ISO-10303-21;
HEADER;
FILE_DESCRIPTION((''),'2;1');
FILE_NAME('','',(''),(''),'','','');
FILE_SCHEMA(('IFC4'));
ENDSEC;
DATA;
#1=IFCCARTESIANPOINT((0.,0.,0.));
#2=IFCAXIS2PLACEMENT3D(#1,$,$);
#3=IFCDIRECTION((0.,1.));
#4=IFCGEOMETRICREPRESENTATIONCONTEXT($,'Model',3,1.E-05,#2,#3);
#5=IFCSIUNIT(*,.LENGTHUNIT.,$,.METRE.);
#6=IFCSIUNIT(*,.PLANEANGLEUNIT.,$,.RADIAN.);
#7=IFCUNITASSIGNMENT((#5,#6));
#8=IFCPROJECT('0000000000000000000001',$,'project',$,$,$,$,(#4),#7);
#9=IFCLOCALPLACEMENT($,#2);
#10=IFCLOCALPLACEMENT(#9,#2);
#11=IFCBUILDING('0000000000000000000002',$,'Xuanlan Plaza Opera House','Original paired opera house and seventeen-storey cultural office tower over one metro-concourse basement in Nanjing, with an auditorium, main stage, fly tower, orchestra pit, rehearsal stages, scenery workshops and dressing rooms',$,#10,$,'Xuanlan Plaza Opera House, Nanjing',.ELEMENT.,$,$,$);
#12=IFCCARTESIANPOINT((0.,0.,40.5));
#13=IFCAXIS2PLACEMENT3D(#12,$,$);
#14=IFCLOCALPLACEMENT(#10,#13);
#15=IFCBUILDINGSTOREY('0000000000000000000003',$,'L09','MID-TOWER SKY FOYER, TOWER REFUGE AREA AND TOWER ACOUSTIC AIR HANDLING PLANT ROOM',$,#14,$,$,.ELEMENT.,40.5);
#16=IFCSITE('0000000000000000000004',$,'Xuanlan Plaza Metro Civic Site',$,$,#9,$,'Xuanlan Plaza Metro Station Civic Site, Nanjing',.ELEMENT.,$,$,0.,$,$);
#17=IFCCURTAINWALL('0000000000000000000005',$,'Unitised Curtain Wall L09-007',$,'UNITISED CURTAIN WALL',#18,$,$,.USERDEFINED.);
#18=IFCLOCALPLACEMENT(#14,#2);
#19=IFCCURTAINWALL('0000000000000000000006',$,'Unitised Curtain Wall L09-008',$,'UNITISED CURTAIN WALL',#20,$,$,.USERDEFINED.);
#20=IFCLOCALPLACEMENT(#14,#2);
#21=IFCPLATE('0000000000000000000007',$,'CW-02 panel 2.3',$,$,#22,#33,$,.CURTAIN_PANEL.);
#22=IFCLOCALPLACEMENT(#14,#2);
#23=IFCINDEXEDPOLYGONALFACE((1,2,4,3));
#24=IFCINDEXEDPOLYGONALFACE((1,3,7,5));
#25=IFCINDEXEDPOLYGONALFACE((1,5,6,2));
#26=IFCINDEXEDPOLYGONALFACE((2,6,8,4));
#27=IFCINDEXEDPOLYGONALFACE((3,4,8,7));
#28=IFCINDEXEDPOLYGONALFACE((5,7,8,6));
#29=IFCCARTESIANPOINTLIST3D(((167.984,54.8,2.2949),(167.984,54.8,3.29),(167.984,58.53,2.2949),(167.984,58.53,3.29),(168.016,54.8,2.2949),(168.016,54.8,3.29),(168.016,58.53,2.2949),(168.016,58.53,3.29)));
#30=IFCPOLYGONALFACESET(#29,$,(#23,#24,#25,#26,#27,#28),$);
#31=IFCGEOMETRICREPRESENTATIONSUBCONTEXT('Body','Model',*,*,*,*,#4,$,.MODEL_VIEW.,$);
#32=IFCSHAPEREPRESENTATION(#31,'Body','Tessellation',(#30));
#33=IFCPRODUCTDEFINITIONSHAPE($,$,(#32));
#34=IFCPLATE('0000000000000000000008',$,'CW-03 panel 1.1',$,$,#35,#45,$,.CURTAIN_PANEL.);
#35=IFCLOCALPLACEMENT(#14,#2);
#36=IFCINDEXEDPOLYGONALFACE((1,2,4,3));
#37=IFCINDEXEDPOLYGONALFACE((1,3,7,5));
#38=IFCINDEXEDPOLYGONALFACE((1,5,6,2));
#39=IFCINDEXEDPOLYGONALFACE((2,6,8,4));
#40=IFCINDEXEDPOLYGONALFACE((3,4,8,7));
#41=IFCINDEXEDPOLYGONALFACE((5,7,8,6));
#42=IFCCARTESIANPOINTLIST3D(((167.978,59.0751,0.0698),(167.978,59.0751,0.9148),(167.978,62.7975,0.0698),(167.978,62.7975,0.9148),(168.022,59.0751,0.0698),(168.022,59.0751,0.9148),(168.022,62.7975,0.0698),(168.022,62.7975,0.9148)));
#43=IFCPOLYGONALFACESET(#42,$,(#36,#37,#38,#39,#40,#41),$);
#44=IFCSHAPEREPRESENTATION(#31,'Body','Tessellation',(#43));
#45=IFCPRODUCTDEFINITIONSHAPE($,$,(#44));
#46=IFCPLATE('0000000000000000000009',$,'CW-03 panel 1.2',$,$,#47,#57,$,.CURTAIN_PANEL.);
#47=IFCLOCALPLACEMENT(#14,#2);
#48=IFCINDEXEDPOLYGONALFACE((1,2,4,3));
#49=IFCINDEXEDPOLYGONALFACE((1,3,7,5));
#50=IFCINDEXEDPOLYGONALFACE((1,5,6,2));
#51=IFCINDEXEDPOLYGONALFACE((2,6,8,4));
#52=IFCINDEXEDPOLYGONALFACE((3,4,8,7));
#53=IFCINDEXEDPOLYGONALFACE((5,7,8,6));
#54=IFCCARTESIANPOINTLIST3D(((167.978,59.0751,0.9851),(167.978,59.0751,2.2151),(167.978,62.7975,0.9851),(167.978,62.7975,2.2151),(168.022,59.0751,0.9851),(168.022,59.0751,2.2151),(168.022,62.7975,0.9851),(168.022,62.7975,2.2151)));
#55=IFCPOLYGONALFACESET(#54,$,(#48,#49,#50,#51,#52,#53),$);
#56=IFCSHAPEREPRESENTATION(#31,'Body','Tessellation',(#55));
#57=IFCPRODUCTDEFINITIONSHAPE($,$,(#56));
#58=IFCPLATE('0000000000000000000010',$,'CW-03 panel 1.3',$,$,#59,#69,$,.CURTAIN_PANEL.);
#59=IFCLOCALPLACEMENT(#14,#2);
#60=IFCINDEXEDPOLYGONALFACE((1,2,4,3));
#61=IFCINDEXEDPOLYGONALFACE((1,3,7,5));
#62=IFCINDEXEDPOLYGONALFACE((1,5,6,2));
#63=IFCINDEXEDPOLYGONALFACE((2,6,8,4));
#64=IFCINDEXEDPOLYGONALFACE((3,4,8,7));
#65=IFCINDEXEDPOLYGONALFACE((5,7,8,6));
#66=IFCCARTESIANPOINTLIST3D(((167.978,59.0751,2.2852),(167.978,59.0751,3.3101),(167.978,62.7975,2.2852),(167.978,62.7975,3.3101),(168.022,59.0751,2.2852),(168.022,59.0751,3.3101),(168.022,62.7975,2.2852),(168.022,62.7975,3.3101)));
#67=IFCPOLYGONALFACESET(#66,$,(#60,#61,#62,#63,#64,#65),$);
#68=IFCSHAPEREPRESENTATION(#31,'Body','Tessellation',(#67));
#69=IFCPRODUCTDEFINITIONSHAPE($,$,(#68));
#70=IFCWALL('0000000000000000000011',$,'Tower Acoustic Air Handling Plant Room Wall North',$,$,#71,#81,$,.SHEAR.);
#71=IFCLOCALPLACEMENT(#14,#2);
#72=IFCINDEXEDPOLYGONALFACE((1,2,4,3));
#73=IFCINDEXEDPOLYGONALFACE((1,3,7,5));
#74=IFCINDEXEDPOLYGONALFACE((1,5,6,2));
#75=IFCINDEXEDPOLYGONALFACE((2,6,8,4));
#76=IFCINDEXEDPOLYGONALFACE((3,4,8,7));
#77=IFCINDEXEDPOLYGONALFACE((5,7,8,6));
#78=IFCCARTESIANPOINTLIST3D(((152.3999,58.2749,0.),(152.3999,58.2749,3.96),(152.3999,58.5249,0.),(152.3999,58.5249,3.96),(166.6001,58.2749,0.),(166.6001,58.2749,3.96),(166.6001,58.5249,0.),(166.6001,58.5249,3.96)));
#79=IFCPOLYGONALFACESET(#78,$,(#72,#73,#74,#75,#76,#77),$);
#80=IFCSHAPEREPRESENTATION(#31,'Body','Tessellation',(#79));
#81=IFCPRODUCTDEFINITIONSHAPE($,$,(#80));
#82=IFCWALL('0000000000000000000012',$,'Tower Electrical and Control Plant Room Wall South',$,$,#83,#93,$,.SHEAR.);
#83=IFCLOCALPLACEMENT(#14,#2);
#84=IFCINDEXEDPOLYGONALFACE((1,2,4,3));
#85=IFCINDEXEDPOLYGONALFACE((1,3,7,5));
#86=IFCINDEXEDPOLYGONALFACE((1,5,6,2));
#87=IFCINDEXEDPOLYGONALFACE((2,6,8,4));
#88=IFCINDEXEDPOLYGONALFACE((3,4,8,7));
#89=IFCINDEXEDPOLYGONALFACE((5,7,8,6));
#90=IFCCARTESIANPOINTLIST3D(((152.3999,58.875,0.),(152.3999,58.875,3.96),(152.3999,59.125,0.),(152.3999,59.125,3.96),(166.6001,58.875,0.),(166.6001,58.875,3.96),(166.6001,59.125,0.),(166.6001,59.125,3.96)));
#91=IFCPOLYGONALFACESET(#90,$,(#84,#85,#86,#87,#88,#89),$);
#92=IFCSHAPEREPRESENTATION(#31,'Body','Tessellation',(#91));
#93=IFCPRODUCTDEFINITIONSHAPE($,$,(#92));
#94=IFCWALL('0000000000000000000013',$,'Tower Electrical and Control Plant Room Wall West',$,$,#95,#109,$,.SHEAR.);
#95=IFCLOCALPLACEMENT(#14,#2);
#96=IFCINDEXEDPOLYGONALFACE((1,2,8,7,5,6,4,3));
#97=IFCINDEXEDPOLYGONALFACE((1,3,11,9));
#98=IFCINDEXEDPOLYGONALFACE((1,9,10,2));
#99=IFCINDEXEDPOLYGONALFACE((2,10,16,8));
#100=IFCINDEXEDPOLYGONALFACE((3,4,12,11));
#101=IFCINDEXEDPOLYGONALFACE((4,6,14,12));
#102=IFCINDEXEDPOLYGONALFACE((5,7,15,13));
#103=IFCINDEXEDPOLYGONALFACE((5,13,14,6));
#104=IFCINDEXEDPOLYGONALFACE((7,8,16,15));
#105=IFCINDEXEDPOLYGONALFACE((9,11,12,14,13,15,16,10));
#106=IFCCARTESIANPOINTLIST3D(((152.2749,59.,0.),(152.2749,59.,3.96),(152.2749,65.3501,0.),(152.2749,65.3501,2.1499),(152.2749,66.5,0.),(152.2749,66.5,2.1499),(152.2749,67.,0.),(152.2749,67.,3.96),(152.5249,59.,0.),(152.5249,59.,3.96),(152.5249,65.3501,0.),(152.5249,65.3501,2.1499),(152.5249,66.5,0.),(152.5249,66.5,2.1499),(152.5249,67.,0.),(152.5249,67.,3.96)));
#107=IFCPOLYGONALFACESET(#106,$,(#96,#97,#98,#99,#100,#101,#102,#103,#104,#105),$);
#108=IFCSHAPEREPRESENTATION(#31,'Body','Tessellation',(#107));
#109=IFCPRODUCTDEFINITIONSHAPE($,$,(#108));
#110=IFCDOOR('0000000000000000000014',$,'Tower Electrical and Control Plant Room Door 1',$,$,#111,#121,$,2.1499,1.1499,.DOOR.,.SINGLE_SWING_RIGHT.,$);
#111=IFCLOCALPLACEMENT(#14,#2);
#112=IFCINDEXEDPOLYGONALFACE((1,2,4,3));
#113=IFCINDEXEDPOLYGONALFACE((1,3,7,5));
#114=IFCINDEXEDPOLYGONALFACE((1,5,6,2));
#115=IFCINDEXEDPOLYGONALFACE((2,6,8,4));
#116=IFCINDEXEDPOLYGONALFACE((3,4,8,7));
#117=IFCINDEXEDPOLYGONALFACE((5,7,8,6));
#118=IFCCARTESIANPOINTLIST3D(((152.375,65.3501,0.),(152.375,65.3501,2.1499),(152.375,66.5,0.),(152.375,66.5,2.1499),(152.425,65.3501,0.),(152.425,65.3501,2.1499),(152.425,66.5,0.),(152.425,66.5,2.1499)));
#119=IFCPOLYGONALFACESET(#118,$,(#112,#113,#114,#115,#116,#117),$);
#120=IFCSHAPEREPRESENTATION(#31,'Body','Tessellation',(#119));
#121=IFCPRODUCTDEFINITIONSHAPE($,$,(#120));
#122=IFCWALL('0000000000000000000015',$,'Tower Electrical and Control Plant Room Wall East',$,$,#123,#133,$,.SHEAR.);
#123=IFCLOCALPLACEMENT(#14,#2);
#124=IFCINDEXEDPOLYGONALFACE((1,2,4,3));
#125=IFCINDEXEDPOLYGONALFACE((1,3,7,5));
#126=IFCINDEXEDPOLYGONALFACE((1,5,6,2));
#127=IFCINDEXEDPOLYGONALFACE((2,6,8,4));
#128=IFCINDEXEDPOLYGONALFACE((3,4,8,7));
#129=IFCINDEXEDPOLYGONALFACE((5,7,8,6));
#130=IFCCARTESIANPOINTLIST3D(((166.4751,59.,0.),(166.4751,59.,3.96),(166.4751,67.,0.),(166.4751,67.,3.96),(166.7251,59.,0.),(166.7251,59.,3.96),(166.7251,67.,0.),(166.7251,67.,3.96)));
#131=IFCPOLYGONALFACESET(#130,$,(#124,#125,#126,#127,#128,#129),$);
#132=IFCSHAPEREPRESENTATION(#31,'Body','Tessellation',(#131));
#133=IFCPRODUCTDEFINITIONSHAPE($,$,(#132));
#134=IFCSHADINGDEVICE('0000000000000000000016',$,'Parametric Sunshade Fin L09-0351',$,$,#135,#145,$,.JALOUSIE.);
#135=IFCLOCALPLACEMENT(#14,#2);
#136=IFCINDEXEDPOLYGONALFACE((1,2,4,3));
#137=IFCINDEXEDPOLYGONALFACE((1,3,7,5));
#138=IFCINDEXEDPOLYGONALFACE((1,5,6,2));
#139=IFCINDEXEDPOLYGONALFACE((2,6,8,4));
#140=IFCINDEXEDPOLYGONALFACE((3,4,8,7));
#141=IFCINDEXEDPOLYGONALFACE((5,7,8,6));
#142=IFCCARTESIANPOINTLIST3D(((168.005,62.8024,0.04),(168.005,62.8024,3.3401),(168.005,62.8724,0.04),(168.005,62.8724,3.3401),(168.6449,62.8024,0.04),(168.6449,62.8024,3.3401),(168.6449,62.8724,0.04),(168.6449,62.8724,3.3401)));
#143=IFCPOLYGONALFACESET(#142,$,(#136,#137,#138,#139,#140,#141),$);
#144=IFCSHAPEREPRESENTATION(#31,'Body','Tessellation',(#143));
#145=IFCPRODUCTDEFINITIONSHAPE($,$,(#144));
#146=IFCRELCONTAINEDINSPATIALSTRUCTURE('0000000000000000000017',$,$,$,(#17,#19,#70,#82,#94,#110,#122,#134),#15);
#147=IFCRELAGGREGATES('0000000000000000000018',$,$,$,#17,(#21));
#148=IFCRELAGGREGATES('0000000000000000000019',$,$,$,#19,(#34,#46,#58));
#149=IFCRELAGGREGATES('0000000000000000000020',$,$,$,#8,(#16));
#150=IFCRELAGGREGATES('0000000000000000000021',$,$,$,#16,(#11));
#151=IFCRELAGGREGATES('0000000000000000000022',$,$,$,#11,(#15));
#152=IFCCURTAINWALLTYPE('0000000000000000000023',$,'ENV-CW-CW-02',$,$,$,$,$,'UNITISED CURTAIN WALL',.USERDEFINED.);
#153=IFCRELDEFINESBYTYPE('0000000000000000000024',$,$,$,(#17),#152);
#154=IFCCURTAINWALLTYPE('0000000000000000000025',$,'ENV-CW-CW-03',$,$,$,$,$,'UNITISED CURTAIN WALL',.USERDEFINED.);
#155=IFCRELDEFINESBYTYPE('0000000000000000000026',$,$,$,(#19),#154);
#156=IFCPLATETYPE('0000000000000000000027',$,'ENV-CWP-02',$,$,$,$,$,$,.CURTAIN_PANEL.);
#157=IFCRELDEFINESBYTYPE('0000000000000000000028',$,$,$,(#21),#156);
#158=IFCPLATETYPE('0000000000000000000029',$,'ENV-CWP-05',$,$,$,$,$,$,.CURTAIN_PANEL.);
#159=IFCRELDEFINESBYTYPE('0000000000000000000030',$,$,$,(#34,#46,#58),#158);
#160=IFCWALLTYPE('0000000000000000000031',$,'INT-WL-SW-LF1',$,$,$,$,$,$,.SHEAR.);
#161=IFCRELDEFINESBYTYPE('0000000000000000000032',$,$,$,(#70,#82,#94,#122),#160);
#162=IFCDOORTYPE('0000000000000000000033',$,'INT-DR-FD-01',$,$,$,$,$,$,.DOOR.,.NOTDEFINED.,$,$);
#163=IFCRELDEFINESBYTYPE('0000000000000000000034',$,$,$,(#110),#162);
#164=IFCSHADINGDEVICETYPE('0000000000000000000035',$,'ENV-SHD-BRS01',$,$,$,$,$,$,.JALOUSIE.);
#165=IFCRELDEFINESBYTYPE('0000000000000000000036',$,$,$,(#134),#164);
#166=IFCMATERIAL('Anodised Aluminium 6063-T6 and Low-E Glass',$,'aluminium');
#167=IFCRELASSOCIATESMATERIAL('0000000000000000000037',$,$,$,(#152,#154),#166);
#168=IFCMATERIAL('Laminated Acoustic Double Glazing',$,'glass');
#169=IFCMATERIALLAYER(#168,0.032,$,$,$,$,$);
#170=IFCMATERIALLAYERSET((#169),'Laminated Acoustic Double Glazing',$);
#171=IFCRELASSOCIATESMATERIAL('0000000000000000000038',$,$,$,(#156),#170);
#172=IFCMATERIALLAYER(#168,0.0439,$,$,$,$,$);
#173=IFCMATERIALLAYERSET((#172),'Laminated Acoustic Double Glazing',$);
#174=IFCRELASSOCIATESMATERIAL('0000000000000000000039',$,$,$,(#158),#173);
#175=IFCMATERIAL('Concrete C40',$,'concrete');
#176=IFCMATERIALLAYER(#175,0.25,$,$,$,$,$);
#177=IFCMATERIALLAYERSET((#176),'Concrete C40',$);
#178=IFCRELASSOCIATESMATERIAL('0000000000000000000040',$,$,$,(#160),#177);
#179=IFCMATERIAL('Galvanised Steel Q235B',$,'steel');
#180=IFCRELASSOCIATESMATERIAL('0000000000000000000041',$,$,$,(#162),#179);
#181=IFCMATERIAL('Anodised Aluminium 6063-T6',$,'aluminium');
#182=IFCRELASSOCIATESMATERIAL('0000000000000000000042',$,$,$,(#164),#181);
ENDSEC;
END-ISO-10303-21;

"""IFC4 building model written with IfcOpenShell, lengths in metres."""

from ifc_helpers import new_model, si_unit, direction, frame, frame_2d, origin, origin_2d, place, context, subcontext, project, spatial, rectangle, extrude, material, layer, layer_set, type_object, element, fill, aggregate, save


model = new_model("IFC4")

# Units and contexts
model_context = context("Model", 3, precision=1e-05, world=origin(), true_north=direction((0.0, 1.0)))
body_context = subcontext(model_context, "Body", "Model", "MODEL_VIEW")
ifc_project = project(units=[si_unit("LENGTHUNIT", "METRE"), si_unit("PLANEANGLEUNIT", "RADIAN")], contexts=[model_context])

# Site, building, storey
site_placement = place(None, origin())
site = spatial("IfcSite", under=ifc_project, at=site_placement, Name="Xuanlan Plaza Metro Civic Site", LongName="Xuanlan Plaza Metro Station Civic Site, Nanjing", CompositionType="ELEMENT", RefElevation=0.0)
building_placement = place(site_placement, origin())
building = spatial("IfcBuilding", under=site, at=building_placement, Name="Xuanlan Plaza Opera House", Description="Original paired opera house and seventeen-storey cultural office tower over one metro-concourse basement in Nanjing, with an auditorium, main stage, fly tower, orchestra pit, rehearsal stages, scenery workshops and dressing rooms", LongName="Xuanlan Plaza Opera House, Nanjing", CompositionType="ELEMENT")
storey_placement = place(building_placement, frame((0.0, 0.0, 40.5)))
storey = spatial("IfcBuildingStorey", under=building, at=storey_placement, Name="L09", Description="MID-TOWER SKY FOYER, TOWER REFUGE AREA AND TOWER ACOUSTIC AIR HANDLING PLANT ROOM", CompositionType="ELEMENT", Elevation=40.5)

# Curtain wall
ifc_material_1 = material(Name="Anodised Aluminium 6063-T6 and Low-E Glass", Category="aluminium")
curtain_wall_type_1 = type_object("IfcCurtainWallType", Name="ENV-CW-CW-02", ElementType="UNITISED CURTAIN WALL", PredefinedType="USERDEFINED", material=ifc_material_1)
curtain_wall_1_placement = place(storey_placement, origin())
curtain_wall_1 = element("IfcCurtainWall", 1, at=curtain_wall_1_placement, inside=storey, type_object=curtain_wall_type_1, Name="Unitised Curtain Wall L09-007", ObjectType="UNITISED CURTAIN WALL", PredefinedType="USERDEFINED")
ifc_material_2 = material(Name="Anodised Aluminium 6063-T6", Category="aluminium")

# Curtain wall
curtain_wall_type_2 = type_object("IfcCurtainWallType", Name="ENV-CW-CW-03", ElementType="UNITISED CURTAIN WALL", PredefinedType="USERDEFINED", material=ifc_material_1)
curtain_wall_2_placement = place(storey_placement, origin())
curtain_wall_2 = element("IfcCurtainWall", 2, at=curtain_wall_2_placement, inside=storey, type_object=curtain_wall_type_2, Name="Unitised Curtain Wall L09-008", ObjectType="UNITISED CURTAIN WALL", PredefinedType="USERDEFINED")

# Shared definitions
ifc_material_3 = material(Name="Concrete C40", Category="concrete")

# Plates
ifc_material_4 = material(Name="Laminated Acoustic Double Glazing", Category="glass")
ifc_layer_1 = layer(ifc_material_4, 0.032)
ifc_layer_set_1 = layer_set([ifc_layer_1], Name="Laminated Acoustic Double Glazing")
plate_type_1 = type_object("IfcPlateType", Name="ENV-CWP-02", PredefinedType="CURTAIN_PANEL", material=ifc_layer_set_1)
plate_1_placement = place(storey_placement, frame((168.0, 56.665, 2.2949), z_axis=(0.0, 0.0, 1.0), x_axis=(0.0, 1.0, 0.0)))
plate_1 = element("IfcPlate", 3, at=plate_1_placement, type_object=plate_type_1, Name="CW-02 panel 2.3", PredefinedType="CURTAIN_PANEL", context=body_context, shape_type="SweptSolid", body=[
    extrude(rectangle(XDim=3.73, YDim=0.032, at=origin_2d()), origin(), (0.0, 0.0, 1.0), 0.9951),
])
aggregate(curtain_wall_1, [plate_1])
ifc_layer_2 = layer(ifc_material_4, 0.0439)
ifc_layer_set_2 = layer_set([ifc_layer_2], Name="Laminated Acoustic Double Glazing")
plate_type_2 = type_object("IfcPlateType", Name="ENV-CWP-05", PredefinedType="CURTAIN_PANEL", material=ifc_layer_set_2)
plate_2_placement = place(storey_placement, frame((168.0, 60.9363, 0.0698), z_axis=(0.0, 0.0, 1.0), x_axis=(0.0, 1.0, 0.0)))
plate_2 = element("IfcPlate", 4, at=plate_2_placement, type_object=plate_type_2, Name="CW-03 panel 1.1", PredefinedType="CURTAIN_PANEL", context=body_context, shape_type="SweptSolid", body=[
    extrude(rectangle(XDim=3.7224, YDim=0.0439, at=origin_2d()), origin(), (0.0, 0.0, 1.0), 0.845),
])
plate_3_placement = place(storey_placement, frame((168.0, 60.9363, 0.9851), z_axis=(0.0, 0.0, 1.0), x_axis=(0.0, 1.0, 0.0)))
plate_3 = element("IfcPlate", 5, at=plate_3_placement, type_object=plate_type_2, Name="CW-03 panel 1.2", PredefinedType="CURTAIN_PANEL", context=body_context, shape_type="SweptSolid", body=[
    extrude(rectangle(XDim=3.7224, YDim=0.0439, at=origin_2d()), origin(), (0.0, 0.0, 1.0), 1.23),
])
plate_4_placement = place(storey_placement, frame((168.0, 60.9363, 2.2852), z_axis=(0.0, 0.0, 1.0), x_axis=(0.0, 1.0, 0.0)))
plate_4 = element("IfcPlate", 6, at=plate_4_placement, type_object=plate_type_2, Name="CW-03 panel 1.3", PredefinedType="CURTAIN_PANEL", context=body_context, shape_type="SweptSolid", body=[
    extrude(rectangle(XDim=3.7224, YDim=0.0439, at=origin_2d()), origin(), (0.0, 0.0, 1.0), 1.0249),
])
aggregate(curtain_wall_2, [plate_2, plate_3, plate_4])

# Walls
ifc_layer_3 = layer(ifc_material_3, 0.25)
ifc_layer_set_3 = layer_set([ifc_layer_3], Name="Concrete C40")
wall_type = type_object("IfcWallType", Name="INT-WL-SW-LF1", PredefinedType="SHEAR", material=ifc_layer_set_3)
for number, where, z_axis, x_axis, name in (
    (7, (152.3999, 58.3999, 0.0), (0.0, 0.0, 1.0), (1.0, 0.0, 0.0), "Tower Acoustic Air Handling Plant Room Wall North"),
    (8, (152.3999, 59.0, 0.0), (0.0, 0.0, 1.0), (1.0, 0.0, 0.0), "Tower Electrical and Control Plant Room Wall South"),
):
    element("IfcWall", number, at=place(storey_placement, frame(where, z_axis=z_axis, x_axis=x_axis)), inside=storey, type_object=wall_type, Name=name, PredefinedType="SHEAR", context=body_context, shape_type="SweptSolid", body=[
        extrude(rectangle(XDim=14.2002, YDim=0.25, at=frame_2d((7.1001, 0.0))), origin(), (0.0, 0.0, 1.0), 3.96),
    ])

# Wall, opening, door
wall_1_placement = place(storey_placement, frame((152.3999, 59.0, 0.0), z_axis=(0.0, 0.0, 1.0), x_axis=(0.0, 1.0, 0.0)))
wall_1 = element("IfcWall", 9, at=wall_1_placement, inside=storey, type_object=wall_type, Name="Tower Electrical and Control Plant Room Wall West", PredefinedType="SHEAR", context=body_context, shape_type="SweptSolid", body=[
    extrude(rectangle(XDim=8.0, YDim=0.25, at=frame_2d((4.0, 0.0))), origin(), (0.0, 0.0, 1.0), 3.96),
])
opening_placement = place(wall_1_placement, frame((6.3501, 0.0, 0.0)))
opening = element("IfcOpeningElement", 10, at=opening_placement, cuts=wall_1, PredefinedType="OPENING", context=body_context, shape_type="SweptSolid", body=[
    extrude(rectangle(XDim=1.1499, YDim=2.1499, at=frame_2d((0.575, 1.075))), frame((0.0, 0.135, 0.0), z_axis=(0.0, -1.0, 0.0), x_axis=(1.0, 0.0, 0.0)), (0.0, 0.0, 1.0), 0.27),
])
ifc_material_5 = material(Name="Galvanised Steel Q235B", Category="steel")
door_type = type_object("IfcDoorType", Name="INT-DR-FD-01", OperationType="NOTDEFINED", PredefinedType="DOOR", material=ifc_material_5)
door_placement = place(opening_placement, origin())
door = element("IfcDoor", 11, at=door_placement, inside=storey, type_object=door_type, Name="Tower Electrical and Control Plant Room Door 1", OperationType="SINGLE_SWING_RIGHT", OverallHeight=2.1499, OverallWidth=1.1499, PredefinedType="DOOR", context=body_context, shape_type="SweptSolid", body=[
    extrude(rectangle(XDim=1.1499, YDim=2.1499, at=frame_2d((0.575, 1.075))), frame((0.0, 0.0249, 0.0), z_axis=(0.0, -1.0, 0.0), x_axis=(1.0, 0.0, 0.0)), (0.0, 0.0, 1.0), 0.05),
])
fill(opening, door)

# Wall
wall_2_placement = place(storey_placement, frame((166.6001, 59.0, 0.0), z_axis=(0.0, 0.0, 1.0), x_axis=(0.0, 1.0, 0.0)))
element("IfcWall", 12, at=wall_2_placement, inside=storey, type_object=wall_type, Name="Tower Electrical and Control Plant Room Wall East", PredefinedType="SHEAR", context=body_context, shape_type="SweptSolid", body=[
    extrude(rectangle(XDim=8.0, YDim=0.25, at=frame_2d((4.0, 0.0))), origin(), (0.0, 0.0, 1.0), 3.96),
])

# Shading device
shading_device_type = type_object("IfcShadingDeviceType", Name="ENV-SHD-BRS01", PredefinedType="JALOUSIE", material=ifc_material_2)
shading_device_placement = place(storey_placement, frame((168.325, 62.8374, 0.04), z_axis=(0.0, 0.0, 1.0), x_axis=(1.0, 0.0, 0.0)))
element("IfcShadingDevice", 13, at=shading_device_placement, inside=storey, type_object=shading_device_type, Name="Parametric Sunshade Fin L09-0351", PredefinedType="JALOUSIE", context=body_context, shape_type="SweptSolid", body=[
    extrude(rectangle(XDim=0.6399, YDim=0.0701, at=origin_2d()), origin(), (0.0, 0.0, 1.0), 3.3),
])

save(model, "model.ifc")
